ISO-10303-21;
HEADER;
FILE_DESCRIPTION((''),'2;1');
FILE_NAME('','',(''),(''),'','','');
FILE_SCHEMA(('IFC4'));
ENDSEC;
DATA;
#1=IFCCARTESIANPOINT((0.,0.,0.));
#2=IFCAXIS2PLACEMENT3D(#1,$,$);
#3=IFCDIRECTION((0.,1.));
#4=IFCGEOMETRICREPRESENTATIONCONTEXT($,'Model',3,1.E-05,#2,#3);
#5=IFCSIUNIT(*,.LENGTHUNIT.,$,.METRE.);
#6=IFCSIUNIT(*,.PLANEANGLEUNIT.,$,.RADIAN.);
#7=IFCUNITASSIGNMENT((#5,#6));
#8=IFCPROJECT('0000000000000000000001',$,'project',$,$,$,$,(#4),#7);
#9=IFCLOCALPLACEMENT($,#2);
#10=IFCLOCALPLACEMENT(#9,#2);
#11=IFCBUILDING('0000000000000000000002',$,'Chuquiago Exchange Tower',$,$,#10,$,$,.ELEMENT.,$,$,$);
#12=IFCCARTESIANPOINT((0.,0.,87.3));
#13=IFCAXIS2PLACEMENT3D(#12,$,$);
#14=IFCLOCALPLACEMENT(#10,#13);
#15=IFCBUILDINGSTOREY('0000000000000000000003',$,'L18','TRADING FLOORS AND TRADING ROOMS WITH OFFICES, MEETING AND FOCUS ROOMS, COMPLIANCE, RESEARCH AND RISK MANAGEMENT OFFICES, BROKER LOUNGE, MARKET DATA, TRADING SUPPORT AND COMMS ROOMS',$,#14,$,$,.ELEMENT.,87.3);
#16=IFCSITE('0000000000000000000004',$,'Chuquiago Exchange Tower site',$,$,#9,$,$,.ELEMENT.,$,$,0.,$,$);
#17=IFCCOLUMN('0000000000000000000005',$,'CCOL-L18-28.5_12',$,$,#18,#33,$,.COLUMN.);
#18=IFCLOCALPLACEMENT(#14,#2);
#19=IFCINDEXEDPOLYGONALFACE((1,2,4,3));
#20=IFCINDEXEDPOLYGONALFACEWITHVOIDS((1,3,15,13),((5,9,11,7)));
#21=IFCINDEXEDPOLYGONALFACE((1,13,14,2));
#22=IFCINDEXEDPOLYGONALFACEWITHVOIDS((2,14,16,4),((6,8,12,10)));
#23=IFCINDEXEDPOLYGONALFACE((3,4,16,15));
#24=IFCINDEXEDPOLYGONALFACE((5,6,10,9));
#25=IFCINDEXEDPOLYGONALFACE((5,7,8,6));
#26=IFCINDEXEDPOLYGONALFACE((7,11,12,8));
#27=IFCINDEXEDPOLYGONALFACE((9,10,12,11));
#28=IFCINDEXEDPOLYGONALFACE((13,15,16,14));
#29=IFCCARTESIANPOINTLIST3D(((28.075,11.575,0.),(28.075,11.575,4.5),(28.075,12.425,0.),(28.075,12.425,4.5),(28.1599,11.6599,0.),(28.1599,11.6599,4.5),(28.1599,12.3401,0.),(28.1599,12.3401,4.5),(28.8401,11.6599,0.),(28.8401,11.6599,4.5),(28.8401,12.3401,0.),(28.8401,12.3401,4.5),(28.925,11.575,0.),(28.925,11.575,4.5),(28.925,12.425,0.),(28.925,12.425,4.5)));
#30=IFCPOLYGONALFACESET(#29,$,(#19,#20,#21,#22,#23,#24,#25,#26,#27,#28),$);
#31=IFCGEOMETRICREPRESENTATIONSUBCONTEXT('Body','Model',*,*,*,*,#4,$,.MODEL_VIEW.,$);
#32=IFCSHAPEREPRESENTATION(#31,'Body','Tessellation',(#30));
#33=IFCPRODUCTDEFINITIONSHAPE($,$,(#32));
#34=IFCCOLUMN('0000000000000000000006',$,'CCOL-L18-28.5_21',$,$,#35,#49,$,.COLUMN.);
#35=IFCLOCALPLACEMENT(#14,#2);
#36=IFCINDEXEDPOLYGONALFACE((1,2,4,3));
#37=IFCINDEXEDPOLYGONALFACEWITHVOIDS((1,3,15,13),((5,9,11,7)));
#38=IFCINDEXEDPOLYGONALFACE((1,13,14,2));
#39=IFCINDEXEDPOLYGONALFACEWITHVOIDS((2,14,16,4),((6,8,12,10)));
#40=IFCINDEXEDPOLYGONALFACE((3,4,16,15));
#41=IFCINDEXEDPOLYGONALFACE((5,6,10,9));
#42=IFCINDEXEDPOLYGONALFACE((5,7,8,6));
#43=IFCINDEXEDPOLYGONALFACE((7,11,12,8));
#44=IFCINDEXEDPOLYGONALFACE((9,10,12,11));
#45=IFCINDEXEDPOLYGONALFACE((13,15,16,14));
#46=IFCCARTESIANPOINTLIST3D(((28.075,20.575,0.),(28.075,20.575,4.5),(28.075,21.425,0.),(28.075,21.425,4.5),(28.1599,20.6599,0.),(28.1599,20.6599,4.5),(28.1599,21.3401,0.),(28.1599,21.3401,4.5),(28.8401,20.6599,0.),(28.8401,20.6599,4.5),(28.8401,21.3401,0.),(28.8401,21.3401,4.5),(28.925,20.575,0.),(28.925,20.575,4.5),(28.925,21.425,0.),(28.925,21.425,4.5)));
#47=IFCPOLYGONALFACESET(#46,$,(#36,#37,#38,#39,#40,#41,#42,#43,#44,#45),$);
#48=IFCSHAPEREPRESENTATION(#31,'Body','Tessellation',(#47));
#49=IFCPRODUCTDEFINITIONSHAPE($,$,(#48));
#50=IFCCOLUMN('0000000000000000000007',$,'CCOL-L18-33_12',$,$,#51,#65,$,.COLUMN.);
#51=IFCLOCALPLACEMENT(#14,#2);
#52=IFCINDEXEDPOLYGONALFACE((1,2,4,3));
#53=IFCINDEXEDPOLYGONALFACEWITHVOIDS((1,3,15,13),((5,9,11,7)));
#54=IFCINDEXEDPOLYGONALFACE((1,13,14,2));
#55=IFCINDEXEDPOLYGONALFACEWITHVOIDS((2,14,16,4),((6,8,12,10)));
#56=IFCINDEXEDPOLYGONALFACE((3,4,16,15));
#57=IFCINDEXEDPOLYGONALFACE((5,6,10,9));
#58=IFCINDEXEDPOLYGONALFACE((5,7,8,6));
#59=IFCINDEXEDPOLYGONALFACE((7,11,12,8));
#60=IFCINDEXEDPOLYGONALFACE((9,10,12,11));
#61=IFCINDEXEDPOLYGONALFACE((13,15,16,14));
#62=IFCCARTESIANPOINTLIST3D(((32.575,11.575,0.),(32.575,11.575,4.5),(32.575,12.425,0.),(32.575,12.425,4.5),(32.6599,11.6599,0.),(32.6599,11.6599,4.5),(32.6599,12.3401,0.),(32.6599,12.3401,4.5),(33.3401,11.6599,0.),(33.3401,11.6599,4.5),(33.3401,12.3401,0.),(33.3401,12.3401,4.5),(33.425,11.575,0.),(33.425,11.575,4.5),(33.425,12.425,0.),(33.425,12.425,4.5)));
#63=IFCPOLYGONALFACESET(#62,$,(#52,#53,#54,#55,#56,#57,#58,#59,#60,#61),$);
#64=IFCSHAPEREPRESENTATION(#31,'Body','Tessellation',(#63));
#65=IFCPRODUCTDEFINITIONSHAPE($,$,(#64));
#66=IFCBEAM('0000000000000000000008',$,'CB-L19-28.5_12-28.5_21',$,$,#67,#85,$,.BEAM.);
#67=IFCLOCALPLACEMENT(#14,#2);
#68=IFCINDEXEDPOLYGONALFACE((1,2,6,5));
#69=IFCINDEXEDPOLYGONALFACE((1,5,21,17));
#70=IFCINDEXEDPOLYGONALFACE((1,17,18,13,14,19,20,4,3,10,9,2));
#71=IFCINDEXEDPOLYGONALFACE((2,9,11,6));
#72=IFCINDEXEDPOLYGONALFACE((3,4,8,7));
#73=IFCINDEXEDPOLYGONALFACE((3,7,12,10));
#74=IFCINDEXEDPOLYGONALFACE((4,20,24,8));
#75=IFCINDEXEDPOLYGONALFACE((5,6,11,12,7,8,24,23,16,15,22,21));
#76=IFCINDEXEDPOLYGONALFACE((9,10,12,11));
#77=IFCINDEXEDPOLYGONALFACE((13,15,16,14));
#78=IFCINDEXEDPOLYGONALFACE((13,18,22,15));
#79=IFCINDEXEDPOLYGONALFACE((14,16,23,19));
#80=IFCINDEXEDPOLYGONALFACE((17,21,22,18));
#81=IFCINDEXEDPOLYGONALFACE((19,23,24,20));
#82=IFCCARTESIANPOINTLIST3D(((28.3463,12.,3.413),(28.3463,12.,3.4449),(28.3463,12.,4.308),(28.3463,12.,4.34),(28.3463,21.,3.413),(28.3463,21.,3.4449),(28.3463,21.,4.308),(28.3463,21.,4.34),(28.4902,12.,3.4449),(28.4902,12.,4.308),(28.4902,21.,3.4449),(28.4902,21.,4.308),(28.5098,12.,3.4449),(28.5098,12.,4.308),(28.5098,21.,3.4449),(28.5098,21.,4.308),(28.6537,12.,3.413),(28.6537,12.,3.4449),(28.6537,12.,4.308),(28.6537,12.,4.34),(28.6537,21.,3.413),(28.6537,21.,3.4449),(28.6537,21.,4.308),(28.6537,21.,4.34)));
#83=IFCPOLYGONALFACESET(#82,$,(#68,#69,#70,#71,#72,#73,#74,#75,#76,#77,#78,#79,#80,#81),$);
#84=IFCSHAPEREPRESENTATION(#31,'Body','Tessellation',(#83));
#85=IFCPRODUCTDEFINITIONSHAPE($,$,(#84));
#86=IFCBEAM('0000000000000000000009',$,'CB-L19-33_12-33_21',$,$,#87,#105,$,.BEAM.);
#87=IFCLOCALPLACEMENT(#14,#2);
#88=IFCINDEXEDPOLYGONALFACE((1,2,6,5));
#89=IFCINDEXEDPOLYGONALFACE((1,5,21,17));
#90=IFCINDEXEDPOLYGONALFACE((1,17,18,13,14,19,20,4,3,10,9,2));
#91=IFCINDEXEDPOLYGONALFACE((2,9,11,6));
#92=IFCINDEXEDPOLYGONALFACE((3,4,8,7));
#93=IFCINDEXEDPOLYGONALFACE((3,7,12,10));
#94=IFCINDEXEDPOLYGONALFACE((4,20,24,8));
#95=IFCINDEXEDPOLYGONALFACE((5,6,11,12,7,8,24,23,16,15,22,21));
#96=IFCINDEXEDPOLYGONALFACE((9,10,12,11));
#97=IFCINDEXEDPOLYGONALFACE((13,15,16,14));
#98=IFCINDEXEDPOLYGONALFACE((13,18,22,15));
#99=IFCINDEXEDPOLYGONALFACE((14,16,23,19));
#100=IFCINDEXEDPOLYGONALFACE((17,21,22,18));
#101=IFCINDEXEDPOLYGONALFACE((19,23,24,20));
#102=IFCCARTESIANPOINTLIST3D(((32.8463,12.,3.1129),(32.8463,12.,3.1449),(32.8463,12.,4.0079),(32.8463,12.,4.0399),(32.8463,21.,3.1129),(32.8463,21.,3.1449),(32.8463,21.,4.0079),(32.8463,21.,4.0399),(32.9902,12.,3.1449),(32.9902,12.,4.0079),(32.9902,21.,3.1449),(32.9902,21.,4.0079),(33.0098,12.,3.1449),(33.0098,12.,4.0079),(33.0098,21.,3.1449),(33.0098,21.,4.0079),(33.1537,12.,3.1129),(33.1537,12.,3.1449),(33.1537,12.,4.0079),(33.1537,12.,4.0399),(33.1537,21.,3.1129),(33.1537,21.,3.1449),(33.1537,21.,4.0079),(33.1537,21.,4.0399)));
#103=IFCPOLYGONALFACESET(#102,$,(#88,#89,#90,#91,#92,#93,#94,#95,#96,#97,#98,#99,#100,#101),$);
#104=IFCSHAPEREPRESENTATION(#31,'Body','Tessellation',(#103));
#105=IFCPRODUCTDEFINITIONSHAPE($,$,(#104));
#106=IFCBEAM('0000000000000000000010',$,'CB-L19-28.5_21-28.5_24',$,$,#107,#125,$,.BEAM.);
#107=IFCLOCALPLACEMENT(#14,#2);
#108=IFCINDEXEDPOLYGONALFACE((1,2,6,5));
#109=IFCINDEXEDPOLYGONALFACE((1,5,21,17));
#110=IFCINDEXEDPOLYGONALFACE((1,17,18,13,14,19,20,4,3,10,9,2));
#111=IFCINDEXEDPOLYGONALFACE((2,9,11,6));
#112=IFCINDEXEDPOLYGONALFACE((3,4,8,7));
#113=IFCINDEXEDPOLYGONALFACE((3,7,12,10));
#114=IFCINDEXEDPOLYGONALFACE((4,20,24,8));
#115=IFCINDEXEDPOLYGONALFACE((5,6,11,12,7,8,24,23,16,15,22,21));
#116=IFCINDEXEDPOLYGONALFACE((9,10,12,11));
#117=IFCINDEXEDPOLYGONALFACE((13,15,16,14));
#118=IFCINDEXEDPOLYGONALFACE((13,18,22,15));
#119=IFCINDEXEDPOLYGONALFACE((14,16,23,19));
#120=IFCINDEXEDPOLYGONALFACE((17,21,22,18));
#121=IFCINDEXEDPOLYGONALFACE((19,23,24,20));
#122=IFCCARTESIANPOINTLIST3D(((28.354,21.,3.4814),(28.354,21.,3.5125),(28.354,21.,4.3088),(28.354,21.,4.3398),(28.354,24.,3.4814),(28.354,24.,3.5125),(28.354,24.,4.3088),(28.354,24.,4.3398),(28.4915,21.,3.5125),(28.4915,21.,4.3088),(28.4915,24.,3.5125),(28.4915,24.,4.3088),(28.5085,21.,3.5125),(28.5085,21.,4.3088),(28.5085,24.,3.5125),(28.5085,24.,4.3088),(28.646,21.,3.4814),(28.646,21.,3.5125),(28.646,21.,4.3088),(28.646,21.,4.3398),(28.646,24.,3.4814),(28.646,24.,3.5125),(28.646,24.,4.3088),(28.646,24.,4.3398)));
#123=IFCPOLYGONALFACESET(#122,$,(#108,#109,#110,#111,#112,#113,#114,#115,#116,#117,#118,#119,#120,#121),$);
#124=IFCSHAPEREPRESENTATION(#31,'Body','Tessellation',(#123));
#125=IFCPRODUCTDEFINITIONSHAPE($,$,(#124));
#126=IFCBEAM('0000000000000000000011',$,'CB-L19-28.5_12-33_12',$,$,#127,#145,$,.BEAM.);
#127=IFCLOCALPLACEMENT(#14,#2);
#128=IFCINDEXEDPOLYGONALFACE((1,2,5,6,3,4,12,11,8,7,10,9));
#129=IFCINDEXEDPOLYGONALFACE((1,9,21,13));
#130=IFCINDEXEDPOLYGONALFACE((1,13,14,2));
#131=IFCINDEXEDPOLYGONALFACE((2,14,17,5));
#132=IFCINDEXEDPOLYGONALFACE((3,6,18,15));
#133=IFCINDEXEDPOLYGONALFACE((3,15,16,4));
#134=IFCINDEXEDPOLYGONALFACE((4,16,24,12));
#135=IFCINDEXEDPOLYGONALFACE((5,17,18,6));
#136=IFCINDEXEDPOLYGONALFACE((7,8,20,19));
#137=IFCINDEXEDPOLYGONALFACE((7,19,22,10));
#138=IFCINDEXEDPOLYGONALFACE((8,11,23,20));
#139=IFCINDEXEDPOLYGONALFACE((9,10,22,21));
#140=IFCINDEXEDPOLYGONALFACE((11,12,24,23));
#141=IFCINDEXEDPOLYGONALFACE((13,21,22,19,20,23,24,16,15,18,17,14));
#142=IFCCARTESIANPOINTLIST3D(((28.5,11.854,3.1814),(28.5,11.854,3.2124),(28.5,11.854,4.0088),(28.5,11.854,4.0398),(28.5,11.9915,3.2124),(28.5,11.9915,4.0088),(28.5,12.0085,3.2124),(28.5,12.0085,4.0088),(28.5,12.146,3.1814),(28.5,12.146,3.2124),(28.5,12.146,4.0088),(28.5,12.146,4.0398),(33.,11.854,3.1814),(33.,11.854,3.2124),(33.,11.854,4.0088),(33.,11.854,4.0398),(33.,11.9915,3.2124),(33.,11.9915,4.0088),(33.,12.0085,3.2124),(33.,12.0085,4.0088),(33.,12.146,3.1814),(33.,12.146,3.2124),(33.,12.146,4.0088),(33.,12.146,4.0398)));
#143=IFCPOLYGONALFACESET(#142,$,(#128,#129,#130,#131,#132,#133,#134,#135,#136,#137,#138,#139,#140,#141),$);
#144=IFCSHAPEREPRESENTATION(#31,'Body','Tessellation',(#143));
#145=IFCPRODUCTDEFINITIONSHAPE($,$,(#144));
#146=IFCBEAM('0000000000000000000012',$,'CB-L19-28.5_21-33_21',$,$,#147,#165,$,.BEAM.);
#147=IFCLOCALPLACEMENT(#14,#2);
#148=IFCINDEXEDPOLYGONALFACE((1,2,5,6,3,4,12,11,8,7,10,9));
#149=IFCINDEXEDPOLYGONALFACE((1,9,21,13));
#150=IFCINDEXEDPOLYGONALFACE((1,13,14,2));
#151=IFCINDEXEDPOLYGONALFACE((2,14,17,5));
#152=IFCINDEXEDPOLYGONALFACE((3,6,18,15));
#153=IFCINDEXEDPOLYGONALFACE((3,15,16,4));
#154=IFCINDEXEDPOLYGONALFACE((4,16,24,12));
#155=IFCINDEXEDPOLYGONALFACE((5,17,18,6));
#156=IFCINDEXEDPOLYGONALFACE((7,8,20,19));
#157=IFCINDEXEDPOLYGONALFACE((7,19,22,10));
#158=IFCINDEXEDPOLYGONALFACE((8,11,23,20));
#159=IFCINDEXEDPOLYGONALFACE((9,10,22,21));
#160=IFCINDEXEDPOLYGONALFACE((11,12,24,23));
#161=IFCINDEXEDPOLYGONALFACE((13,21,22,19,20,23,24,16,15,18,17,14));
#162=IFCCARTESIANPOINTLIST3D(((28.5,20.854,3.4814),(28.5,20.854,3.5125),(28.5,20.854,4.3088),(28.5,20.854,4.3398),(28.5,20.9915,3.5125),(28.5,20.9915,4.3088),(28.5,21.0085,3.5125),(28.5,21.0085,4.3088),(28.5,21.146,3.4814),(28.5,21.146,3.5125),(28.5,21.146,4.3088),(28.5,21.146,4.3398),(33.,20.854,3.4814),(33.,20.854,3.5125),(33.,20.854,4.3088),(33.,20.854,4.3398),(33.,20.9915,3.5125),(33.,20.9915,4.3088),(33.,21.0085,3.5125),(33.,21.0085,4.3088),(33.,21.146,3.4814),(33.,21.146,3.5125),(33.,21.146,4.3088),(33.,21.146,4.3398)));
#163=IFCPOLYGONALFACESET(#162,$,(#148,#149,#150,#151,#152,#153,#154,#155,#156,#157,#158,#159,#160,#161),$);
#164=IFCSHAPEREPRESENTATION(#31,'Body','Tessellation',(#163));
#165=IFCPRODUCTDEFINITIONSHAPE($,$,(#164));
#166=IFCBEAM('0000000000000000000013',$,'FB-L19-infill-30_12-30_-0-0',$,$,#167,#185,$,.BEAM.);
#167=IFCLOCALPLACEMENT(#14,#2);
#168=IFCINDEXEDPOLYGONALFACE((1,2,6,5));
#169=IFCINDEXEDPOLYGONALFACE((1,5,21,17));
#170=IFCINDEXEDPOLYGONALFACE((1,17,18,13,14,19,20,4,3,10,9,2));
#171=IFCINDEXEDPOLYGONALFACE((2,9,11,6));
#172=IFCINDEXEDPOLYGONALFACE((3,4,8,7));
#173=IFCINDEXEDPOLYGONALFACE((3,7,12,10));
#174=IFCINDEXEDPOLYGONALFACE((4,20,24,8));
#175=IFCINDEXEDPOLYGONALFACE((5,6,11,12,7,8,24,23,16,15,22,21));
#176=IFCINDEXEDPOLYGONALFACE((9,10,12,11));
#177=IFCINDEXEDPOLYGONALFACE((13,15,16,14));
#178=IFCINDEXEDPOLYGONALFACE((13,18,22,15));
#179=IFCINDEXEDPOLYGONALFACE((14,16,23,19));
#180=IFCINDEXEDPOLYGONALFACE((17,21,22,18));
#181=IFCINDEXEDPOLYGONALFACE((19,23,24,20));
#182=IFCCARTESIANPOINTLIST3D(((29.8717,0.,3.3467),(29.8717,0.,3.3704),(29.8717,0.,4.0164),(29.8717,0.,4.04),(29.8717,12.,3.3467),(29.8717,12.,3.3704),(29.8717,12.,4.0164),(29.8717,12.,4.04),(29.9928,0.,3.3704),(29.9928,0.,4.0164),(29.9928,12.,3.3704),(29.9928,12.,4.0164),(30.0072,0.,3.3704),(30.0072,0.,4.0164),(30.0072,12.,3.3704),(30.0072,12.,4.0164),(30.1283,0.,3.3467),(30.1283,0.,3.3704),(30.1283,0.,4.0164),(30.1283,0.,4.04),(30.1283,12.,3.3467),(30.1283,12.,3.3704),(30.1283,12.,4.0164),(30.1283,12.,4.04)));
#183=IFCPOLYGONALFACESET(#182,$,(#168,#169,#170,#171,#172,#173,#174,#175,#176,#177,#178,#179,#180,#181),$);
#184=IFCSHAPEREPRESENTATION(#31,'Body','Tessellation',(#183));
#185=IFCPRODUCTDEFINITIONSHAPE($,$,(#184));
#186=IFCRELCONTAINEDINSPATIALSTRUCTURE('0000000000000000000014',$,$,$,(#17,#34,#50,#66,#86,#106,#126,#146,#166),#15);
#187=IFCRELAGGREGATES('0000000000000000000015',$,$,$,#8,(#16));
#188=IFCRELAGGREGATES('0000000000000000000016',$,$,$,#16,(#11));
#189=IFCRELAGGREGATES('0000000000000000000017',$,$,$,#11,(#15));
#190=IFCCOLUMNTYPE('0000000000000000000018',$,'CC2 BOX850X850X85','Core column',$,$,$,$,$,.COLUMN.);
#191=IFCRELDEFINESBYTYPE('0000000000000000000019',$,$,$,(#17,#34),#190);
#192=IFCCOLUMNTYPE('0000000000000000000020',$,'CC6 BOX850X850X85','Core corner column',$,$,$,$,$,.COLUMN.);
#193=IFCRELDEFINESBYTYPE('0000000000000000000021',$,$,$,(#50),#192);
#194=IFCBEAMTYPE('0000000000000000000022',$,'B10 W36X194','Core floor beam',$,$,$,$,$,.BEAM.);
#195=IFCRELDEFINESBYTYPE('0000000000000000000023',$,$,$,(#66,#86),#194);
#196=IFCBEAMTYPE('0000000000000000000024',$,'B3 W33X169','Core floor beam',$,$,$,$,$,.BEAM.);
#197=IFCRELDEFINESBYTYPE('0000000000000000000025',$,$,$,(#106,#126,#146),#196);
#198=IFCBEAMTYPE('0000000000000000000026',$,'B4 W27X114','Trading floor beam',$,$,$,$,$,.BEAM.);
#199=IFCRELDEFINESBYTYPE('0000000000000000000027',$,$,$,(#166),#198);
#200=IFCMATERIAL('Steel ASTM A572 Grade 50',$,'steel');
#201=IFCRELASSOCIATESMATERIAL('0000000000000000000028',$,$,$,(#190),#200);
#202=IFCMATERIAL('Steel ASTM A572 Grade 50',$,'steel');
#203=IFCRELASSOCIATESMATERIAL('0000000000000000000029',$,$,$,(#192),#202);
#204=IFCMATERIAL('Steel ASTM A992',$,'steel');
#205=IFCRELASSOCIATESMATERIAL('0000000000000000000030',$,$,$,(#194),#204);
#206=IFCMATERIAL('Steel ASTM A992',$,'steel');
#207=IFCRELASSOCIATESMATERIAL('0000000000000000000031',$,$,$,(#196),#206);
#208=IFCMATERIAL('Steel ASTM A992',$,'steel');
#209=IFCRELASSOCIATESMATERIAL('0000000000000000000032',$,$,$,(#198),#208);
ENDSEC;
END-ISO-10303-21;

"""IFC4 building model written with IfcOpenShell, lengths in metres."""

from ifc_helpers import new_model, si_unit, direction, frame, origin, origin_2d, place, context, subcontext, project, spatial, hollow_rectangle, i_section, extrude, material, material_profile, profile_set, type_object, element, save


model = new_model("IFC4")

# Units and contexts
model_context = context("Model", 3, precision=1e-05, world=origin(), true_north=direction((0.0, 1.0)))
body_context = subcontext(model_context, "Body", "Model", "MODEL_VIEW")
ifc_project = project(units=[si_unit("LENGTHUNIT", "METRE"), si_unit("PLANEANGLEUNIT", "RADIAN")], contexts=[model_context])

# Site, building, storey
site_placement = place(None, origin())
site = spatial("IfcSite", under=ifc_project, at=site_placement, Name="Chuquiago Exchange Tower site", CompositionType="ELEMENT", RefElevation=0.0)
building_placement = place(site_placement, origin())
building = spatial("IfcBuilding", under=site, at=building_placement, Name="Chuquiago Exchange Tower", CompositionType="ELEMENT")
storey_placement = place(building_placement, frame((0.0, 0.0, 87.3)))
storey = spatial("IfcBuildingStorey", under=building, at=storey_placement, Name="L18", Description="TRADING FLOORS AND TRADING ROOMS WITH OFFICES, MEETING AND FOCUS ROOMS, COMPLIANCE, RESEARCH AND RISK MANAGEMENT OFFICES, BROKER LOUNGE, MARKET DATA, TRADING SUPPORT AND COMMS ROOMS", CompositionType="ELEMENT", Elevation=87.3)

# Columns
ifc_material_1 = material(Name="Steel ASTM A572 Grade 50", Category="steel")
ifc_material_profile_1 = material_profile(ifc_material_1, hollow_rectangle(XDim=0.8501, YDim=0.8501, WallThickness=0.085, at=origin_2d()), Name="BOX850X850X85")
ifc_profile_set_1 = profile_set([ifc_material_profile_1], Name="Steel ASTM A572 Grade 50")
column_type_1 = type_object("IfcColumnType", Name="CC2 BOX850X850X85", Description="Core column", PredefinedType="COLUMN", material=ifc_profile_set_1)
for number, where, z_axis, x_axis, name in (
    (1, (28.5, 12.0, 0.0), (0.0, 0.0, 1.0), (1.0, 0.0, 0.0), "CCOL-L18-28.5_12"),
    (2, (28.5, 21.0, 0.0), (0.0, 0.0, 1.0), (1.0, 0.0, 0.0), "CCOL-L18-28.5_21"),
):
    element("IfcColumn", number, at=place(storey_placement, frame(where, z_axis=z_axis, x_axis=x_axis)), inside=storey, type_object=column_type_1, Name=name, PredefinedType="COLUMN", context=body_context, shape_type="SweptSolid", body=[
        extrude(hollow_rectangle(XDim=0.8501, YDim=0.8501, WallThickness=0.085, at=origin_2d()), origin(), (0.0, 0.0, 1.0), 4.5),
    ])
ifc_material_2 = material(Name="Steel ASTM A572 Grade 50", Category="steel")
ifc_material_profile_2 = material_profile(ifc_material_2, hollow_rectangle(XDim=0.8501, YDim=0.8501, WallThickness=0.085, at=origin_2d()), Name="BOX850X850X85")
ifc_profile_set_2 = profile_set([ifc_material_profile_2], Name="Steel ASTM A572 Grade 50")
column_type_2 = type_object("IfcColumnType", Name="CC6 BOX850X850X85", Description="Core corner column", PredefinedType="COLUMN", material=ifc_profile_set_2)
column_placement = place(storey_placement, frame((33.0, 12.0, 0.0), z_axis=(0.0, 0.0, 1.0), x_axis=(1.0, 0.0, 0.0)))
element("IfcColumn", 3, at=column_placement, inside=storey, type_object=column_type_2, Name="CCOL-L18-33_12", PredefinedType="COLUMN", context=body_context, shape_type="SweptSolid", body=[
    extrude(hollow_rectangle(XDim=0.8501, YDim=0.8501, WallThickness=0.085, at=origin_2d()), origin(), (0.0, 0.0, 1.0), 4.5),
])

# Beams
ifc_material_3 = material(Name="Steel ASTM A992", Category="steel")
ifc_material_profile_3 = material_profile(ifc_material_3, i_section(OverallWidth=0.3074, OverallDepth=0.927, WebThickness=0.0195, FlangeThickness=0.032, at=origin_2d()), Name="W36X194")
ifc_profile_set_3 = profile_set([ifc_material_profile_3], Name="Steel ASTM A992")
beam_type_1 = type_object("IfcBeamType", Name="B10 W36X194", Description="Core floor beam", PredefinedType="BEAM", material=ifc_profile_set_3)
for number, where, z_axis, x_axis, name in (
    (4, (28.5, 12.0, 3.8765), (0.0, 1.0, 0.0), (-1.0, 0.0, 0.0), "CB-L19-28.5_12-28.5_21"),
    (5, (33.0, 12.0, 3.5764), (0.0, 1.0, 0.0), (-1.0, 0.0, 0.0), "CB-L19-33_12-33_21"),
):
    element("IfcBeam", number, at=place(storey_placement, frame(where, z_axis=z_axis, x_axis=x_axis)), inside=storey, type_object=beam_type_1, Name=name, PredefinedType="BEAM", context=body_context, shape_type="SweptSolid", body=[
        extrude(i_section(OverallWidth=0.3074, OverallDepth=0.927, WebThickness=0.0195, FlangeThickness=0.032, at=origin_2d()), origin(), (0.0, 0.0, 1.0), 9.0),
    ])
ifc_material_4 = material(Name="Steel ASTM A992", Category="steel")
ifc_material_profile_4 = material_profile(ifc_material_4, i_section(OverallWidth=0.292, OverallDepth=0.8584, WebThickness=0.0171, FlangeThickness=0.031, at=origin_2d()), Name="W33X169")
ifc_profile_set_4 = profile_set([ifc_material_profile_4], Name="Steel ASTM A992")
beam_type_2 = type_object("IfcBeamType", Name="B3 W33X169", Description="Core floor beam", PredefinedType="BEAM", material=ifc_profile_set_4)
beam_placement = place(storey_placement, frame((28.5, 21.0, 3.9106), z_axis=(0.0, 1.0, 0.0), x_axis=(-1.0, 0.0, 0.0)))
element("IfcBeam", 6, at=beam_placement, inside=storey, type_object=beam_type_2, Name="CB-L19-28.5_21-28.5_24", PredefinedType="BEAM", context=body_context, shape_type="SweptSolid", body=[
    extrude(i_section(OverallWidth=0.292, OverallDepth=0.8584, WebThickness=0.0171, FlangeThickness=0.031, at=origin_2d()), origin(), (0.0, 0.0, 1.0), 3.0),
])
for number, where, z_axis, x_axis, name in (
    (7, (28.5, 12.0, 3.6106), (1.0, 0.0, 0.0), (0.0, 1.0, 0.0), "CB-L19-28.5_12-33_12"),
    (8, (28.5, 21.0, 3.9106), (1.0, 0.0, 0.0), (0.0, 1.0, 0.0), "CB-L19-28.5_21-33_21"),
):
    element("IfcBeam", number, at=place(storey_placement, frame(where, z_axis=z_axis, x_axis=x_axis)), inside=storey, type_object=beam_type_2, Name=name, PredefinedType="BEAM", context=body_context, shape_type="SweptSolid", body=[
        extrude(i_section(OverallWidth=0.292, OverallDepth=0.8584, WebThickness=0.0171, FlangeThickness=0.031, at=origin_2d()), origin(), (0.0, 0.0, 1.0), 4.5),
    ])
ifc_material_5 = material(Name="Steel ASTM A992", Category="steel")
ifc_material_profile_5 = material_profile(ifc_material_5, i_section(OverallWidth=0.2566, OverallDepth=0.6934, WebThickness=0.0144, FlangeThickness=0.0237, at=origin_2d()), Name="W27X114")
ifc_profile_set_5 = profile_set([ifc_material_profile_5], Name="Steel ASTM A992")
beam_type_3 = type_object("IfcBeamType", Name="B4 W27X114", Description="Trading floor beam", PredefinedType="BEAM", material=ifc_profile_set_5)
for number, where, z_axis, x_axis, name in (
    (9, (30.0, 12.0, 3.6934), (0.0, -1.0, 0.0), (1.0, 0.0, 0.0), "FB-L19-infill-30_12-30_-0-0"),
):
    element("IfcBeam", number, at=place(storey_placement, frame(where, z_axis=z_axis, x_axis=x_axis)), inside=storey, type_object=beam_type_3, Name=name, PredefinedType="BEAM", context=body_context, shape_type="SweptSolid", body=[
        extrude(i_section(OverallWidth=0.2566, OverallDepth=0.6934, WebThickness=0.0144, FlangeThickness=0.0237, at=origin_2d()), origin(), (0.0, 0.0, 1.0), 12.0),
    ])

save(model, "model.ifc")
